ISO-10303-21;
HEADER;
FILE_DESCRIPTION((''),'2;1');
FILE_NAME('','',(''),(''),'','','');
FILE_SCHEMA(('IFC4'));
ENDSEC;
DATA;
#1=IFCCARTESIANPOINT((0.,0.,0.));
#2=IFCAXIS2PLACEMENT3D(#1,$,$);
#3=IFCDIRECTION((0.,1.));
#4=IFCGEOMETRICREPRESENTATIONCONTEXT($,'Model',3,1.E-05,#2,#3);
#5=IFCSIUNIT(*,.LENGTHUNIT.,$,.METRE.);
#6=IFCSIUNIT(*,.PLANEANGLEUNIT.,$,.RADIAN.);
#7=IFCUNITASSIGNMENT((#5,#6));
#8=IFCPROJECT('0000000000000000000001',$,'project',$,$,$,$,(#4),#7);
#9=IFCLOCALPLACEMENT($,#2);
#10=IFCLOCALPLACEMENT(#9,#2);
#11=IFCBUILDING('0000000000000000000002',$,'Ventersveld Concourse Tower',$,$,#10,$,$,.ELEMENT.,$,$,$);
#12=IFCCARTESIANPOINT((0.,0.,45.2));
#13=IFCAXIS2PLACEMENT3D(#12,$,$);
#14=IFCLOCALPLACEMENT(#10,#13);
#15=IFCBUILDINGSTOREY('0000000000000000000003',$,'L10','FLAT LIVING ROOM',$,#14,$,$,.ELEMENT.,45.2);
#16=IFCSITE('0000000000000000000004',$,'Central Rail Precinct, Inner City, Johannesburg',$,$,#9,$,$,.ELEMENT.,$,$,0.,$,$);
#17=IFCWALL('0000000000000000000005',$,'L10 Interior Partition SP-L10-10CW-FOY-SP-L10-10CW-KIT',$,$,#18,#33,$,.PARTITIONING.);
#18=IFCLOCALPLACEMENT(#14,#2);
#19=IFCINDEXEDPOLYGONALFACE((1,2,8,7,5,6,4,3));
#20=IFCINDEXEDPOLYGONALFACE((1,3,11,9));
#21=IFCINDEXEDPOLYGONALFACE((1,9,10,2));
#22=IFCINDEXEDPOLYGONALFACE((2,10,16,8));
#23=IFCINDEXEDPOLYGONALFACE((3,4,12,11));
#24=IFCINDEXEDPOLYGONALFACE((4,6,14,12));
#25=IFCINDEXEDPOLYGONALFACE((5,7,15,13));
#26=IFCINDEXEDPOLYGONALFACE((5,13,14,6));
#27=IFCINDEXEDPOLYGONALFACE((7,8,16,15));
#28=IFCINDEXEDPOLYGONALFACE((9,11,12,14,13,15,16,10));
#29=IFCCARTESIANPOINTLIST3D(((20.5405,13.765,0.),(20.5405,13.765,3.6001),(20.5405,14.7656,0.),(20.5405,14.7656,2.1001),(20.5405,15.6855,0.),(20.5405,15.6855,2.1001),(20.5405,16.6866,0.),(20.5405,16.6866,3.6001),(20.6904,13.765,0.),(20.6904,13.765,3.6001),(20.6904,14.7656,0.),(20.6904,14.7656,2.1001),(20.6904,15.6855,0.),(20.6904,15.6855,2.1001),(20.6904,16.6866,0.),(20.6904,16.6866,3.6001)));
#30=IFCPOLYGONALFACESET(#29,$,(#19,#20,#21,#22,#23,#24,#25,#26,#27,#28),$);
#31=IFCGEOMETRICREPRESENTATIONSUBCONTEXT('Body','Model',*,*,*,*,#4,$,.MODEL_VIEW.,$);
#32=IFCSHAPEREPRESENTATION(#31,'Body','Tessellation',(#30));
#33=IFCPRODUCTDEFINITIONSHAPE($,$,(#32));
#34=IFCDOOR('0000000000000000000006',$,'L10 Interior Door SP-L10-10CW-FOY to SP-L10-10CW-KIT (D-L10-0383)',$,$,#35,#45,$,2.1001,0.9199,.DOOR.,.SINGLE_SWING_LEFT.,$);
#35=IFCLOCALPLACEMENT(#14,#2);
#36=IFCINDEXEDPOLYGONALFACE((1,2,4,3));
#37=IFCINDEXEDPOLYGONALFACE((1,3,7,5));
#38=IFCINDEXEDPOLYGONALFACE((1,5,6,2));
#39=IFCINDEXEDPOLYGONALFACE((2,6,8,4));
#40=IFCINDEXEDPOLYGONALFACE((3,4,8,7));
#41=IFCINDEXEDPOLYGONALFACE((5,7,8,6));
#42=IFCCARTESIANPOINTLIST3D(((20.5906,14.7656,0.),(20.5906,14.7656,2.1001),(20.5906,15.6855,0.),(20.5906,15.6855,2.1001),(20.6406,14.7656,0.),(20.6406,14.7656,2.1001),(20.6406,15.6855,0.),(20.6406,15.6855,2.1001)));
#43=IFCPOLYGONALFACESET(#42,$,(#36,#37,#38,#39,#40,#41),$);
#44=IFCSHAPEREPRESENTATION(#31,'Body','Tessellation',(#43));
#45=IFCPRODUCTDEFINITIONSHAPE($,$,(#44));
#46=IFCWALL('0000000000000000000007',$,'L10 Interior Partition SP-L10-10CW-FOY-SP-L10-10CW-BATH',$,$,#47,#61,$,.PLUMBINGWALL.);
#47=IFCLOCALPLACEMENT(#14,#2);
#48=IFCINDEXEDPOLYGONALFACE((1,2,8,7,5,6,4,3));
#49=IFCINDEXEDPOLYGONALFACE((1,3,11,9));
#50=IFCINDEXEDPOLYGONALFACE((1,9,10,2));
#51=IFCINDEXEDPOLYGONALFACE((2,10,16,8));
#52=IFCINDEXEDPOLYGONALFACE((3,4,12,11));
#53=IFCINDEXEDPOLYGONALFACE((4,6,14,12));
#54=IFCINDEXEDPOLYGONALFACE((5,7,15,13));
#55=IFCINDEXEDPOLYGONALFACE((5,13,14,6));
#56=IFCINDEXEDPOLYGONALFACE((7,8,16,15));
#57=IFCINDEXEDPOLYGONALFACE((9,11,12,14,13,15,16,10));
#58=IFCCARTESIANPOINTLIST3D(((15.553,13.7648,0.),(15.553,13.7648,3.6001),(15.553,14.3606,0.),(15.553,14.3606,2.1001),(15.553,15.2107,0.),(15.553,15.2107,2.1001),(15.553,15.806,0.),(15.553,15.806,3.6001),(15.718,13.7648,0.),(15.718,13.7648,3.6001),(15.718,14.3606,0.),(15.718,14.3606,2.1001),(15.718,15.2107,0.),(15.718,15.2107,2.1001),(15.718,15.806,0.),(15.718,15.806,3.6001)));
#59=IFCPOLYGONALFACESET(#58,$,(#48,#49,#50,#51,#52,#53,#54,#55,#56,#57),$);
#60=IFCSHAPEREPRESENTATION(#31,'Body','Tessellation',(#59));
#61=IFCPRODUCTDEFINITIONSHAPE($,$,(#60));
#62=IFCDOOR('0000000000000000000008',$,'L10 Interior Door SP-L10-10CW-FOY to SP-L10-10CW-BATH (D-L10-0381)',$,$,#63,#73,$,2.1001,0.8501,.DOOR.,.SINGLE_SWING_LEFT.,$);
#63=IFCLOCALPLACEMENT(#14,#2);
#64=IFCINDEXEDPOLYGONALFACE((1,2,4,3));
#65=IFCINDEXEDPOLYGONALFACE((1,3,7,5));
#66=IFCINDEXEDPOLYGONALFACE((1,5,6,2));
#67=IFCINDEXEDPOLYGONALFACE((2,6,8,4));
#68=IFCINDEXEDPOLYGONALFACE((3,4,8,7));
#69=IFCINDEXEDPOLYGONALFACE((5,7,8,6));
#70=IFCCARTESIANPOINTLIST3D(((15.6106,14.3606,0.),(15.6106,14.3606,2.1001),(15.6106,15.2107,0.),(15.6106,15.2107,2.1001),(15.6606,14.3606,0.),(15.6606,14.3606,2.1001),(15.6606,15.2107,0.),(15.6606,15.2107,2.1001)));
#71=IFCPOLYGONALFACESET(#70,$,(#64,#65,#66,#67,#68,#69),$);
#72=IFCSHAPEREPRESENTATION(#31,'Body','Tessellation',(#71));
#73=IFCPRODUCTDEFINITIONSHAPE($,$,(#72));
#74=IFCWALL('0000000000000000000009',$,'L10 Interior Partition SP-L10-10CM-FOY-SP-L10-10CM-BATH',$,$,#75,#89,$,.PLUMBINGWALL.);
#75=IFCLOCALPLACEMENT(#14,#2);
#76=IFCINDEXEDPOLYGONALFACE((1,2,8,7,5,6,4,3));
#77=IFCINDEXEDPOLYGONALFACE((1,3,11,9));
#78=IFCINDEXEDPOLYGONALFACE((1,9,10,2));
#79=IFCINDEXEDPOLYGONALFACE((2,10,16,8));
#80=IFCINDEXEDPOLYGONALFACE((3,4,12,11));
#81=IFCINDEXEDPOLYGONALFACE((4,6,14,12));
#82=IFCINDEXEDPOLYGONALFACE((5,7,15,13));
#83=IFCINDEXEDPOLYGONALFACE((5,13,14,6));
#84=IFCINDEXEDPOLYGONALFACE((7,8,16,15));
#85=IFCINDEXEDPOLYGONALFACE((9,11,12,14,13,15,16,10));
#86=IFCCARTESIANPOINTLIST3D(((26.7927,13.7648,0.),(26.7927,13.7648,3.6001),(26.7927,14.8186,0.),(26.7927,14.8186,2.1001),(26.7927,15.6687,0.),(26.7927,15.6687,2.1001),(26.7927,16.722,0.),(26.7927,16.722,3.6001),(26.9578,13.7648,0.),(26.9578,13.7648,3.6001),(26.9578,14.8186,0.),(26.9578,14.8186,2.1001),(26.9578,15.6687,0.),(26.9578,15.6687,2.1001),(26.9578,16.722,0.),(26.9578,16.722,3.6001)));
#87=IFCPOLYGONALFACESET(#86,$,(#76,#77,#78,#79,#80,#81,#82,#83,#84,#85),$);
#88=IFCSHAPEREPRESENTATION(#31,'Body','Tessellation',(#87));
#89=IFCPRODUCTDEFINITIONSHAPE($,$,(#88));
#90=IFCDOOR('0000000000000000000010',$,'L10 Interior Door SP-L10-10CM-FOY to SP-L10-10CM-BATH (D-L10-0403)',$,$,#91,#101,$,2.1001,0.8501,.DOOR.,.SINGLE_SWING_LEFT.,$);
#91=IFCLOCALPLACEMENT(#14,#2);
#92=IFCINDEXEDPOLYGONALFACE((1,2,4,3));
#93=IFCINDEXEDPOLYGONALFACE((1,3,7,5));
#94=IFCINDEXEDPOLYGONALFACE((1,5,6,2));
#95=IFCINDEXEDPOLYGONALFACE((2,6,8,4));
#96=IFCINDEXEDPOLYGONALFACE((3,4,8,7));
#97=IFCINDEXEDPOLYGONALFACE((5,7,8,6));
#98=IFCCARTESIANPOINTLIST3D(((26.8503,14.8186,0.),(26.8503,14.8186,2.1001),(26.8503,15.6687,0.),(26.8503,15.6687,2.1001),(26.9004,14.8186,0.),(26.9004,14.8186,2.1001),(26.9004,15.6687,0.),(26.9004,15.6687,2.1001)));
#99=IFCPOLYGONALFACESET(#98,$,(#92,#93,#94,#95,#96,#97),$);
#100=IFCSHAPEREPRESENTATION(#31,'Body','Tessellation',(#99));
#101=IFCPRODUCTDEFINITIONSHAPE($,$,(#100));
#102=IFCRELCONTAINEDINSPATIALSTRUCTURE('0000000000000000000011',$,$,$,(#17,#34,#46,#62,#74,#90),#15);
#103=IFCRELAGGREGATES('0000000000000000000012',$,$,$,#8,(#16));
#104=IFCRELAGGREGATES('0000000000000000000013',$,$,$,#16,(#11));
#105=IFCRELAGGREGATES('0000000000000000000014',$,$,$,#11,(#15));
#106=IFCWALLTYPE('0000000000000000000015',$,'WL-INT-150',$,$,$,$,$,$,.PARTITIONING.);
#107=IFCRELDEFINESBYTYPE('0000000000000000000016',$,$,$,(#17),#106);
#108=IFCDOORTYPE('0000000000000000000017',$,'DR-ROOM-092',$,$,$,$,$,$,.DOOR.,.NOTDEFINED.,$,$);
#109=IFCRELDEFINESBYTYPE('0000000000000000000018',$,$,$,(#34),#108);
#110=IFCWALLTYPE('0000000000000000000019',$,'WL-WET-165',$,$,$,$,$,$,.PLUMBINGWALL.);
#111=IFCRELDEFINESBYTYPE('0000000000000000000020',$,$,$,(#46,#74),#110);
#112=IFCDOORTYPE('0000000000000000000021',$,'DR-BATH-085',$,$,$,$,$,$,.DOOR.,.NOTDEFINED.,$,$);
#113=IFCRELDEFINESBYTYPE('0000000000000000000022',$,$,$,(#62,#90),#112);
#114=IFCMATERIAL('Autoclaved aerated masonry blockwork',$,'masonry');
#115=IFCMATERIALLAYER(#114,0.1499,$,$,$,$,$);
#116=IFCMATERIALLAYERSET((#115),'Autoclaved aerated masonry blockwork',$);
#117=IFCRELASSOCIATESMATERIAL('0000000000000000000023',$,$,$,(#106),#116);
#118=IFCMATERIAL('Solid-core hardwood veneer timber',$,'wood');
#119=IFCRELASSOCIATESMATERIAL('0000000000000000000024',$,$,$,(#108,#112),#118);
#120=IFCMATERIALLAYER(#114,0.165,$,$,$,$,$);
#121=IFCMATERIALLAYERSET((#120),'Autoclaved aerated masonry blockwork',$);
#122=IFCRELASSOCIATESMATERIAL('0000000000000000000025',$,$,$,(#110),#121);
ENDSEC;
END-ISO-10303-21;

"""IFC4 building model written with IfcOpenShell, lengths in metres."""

from ifc_helpers import new_model, si_unit, direction, frame, frame_2d, origin, place, context, subcontext, project, spatial, rectangle, extrude, material, layer, layer_set, type_object, element, fill, save


model = new_model("IFC4")

# Units and contexts
model_context = context("Model", 3, precision=1e-05, world=origin(), true_north=direction((0.0, 1.0)))
body_context = subcontext(model_context, "Body", "Model", "MODEL_VIEW")
ifc_project = project(units=[si_unit("LENGTHUNIT", "METRE"), si_unit("PLANEANGLEUNIT", "RADIAN")], contexts=[model_context])

# Site, building, storey
site_placement = place(None, origin())
site = spatial("IfcSite", under=ifc_project, at=site_placement, Name="Central Rail Precinct, Inner City, Johannesburg", CompositionType="ELEMENT", RefElevation=0.0)
building_placement = place(site_placement, origin())
building = spatial("IfcBuilding", under=site, at=building_placement, Name="Ventersveld Concourse Tower", CompositionType="ELEMENT")
storey_placement = place(building_placement, frame((0.0, 0.0, 45.2)))
storey = spatial("IfcBuildingStorey", under=building, at=storey_placement, Name="L10", Description="FLAT LIVING ROOM", CompositionType="ELEMENT", Elevation=45.2)

# Shared definitions
ifc_material_1 = material(Name="Solid-core hardwood veneer timber", Category="wood")

# Walls, openings, doors
ifc_material_2 = material(Name="Autoclaved aerated masonry blockwork", Category="masonry")
ifc_layer_1 = layer(ifc_material_2, 0.1499)
ifc_layer_set_1 = layer_set([ifc_layer_1], Name="Autoclaved aerated masonry blockwork")
wall_type_1 = type_object("IfcWallType", Name="WL-INT-150", PredefinedType="PARTITIONING", material=ifc_layer_set_1)
wall_1_placement = place(storey_placement, frame((20.6155, 13.7649, 0.0), z_axis=(0.0, 0.0, 1.0), x_axis=(0.0, 1.0, 0.0)))
wall_1 = element("IfcWall", 1, at=wall_1_placement, inside=storey, type_object=wall_type_1, Name="L10 Interior Partition SP-L10-10CW-FOY-SP-L10-10CW-KIT", PredefinedType="PARTITIONING", context=body_context, shape_type="SweptSolid", body=[
    extrude(rectangle(XDim=2.9216, YDim=0.1499, at=frame_2d((1.4609, 0.0))), origin(), (0.0, 0.0, 1.0), 3.6001),
])
opening_1_placement = place(wall_1_placement, frame((1.0007, 0.0, 0.0)))
opening_1 = element("IfcOpeningElement", 2, at=opening_1_placement, cuts=wall_1, PredefinedType="OPENING", context=body_context, shape_type="SweptSolid", body=[
    extrude(rectangle(XDim=0.9199, YDim=2.1001, at=frame_2d((0.46, 1.05))), frame((0.0, 0.085, 0.0), z_axis=(0.0, -1.0, 0.0), x_axis=(1.0, 0.0, 0.0)), (0.0, 0.0, 1.0), 0.1699),
])
door_type_1 = type_object("IfcDoorType", Name="DR-ROOM-092", OperationType="NOTDEFINED", PredefinedType="DOOR", material=ifc_material_1)
door_1_placement = place(opening_1_placement, origin())
door_1 = element("IfcDoor", 3, at=door_1_placement, inside=storey, type_object=door_type_1, Name="L10 Interior Door SP-L10-10CW-FOY to SP-L10-10CW-KIT (D-L10-0383)", OperationType="SINGLE_SWING_LEFT", OverallHeight=2.1001, OverallWidth=0.9199, PredefinedType="DOOR", context=body_context, shape_type="SweptSolid", body=[
    extrude(rectangle(XDim=0.9199, YDim=2.1001, at=frame_2d((0.46, 1.05))), frame((0.0, 0.0249, 0.0), z_axis=(0.0, -1.0, 0.0), x_axis=(1.0, 0.0, 0.0)), (0.0, 0.0, 1.0), 0.05),
])
fill(opening_1, door_1)
ifc_layer_2 = layer(ifc_material_2, 0.165)
ifc_layer_set_2 = layer_set([ifc_layer_2], Name="Autoclaved aerated masonry blockwork")
wall_type_2 = type_object("IfcWallType", Name="WL-WET-165", PredefinedType="PLUMBINGWALL", material=ifc_layer_set_2)
wall_2_placement = place(storey_placement, frame((15.6355, 13.7649, 0.0), z_axis=(0.0, 0.0, 1.0), x_axis=(0.0, 1.0, 0.0)))
wall_2 = element("IfcWall", 4, at=wall_2_placement, inside=storey, type_object=wall_type_2, Name="L10 Interior Partition SP-L10-10CW-FOY-SP-L10-10CW-BATH", PredefinedType="PLUMBINGWALL", context=body_context, shape_type="SweptSolid", body=[
    extrude(rectangle(XDim=2.0413, YDim=0.165, at=frame_2d((1.0205, 0.0))), origin(), (0.0, 0.0, 1.0), 3.6001),
])
opening_2_placement = place(wall_2_placement, frame((0.5957, 0.0, 0.0)))
opening_2 = element("IfcOpeningElement", 5, at=opening_2_placement, cuts=wall_2, PredefinedType="OPENING", context=body_context, shape_type="SweptSolid", body=[
    extrude(rectangle(XDim=0.8501, YDim=2.1001, at=frame_2d((0.425, 1.05))), frame((0.0, 0.0925, 0.0), z_axis=(0.0, -1.0, 0.0), x_axis=(1.0, 0.0, 0.0)), (0.0, 0.0, 1.0), 0.1851),
])
door_type_2 = type_object("IfcDoorType", Name="DR-BATH-085", OperationType="NOTDEFINED", PredefinedType="DOOR", material=ifc_material_1)
door_2_placement = place(opening_2_placement, origin())
door_2 = element("IfcDoor", 6, at=door_2_placement, inside=storey, type_object=door_type_2, Name="L10 Interior Door SP-L10-10CW-FOY to SP-L10-10CW-BATH (D-L10-0381)", OperationType="SINGLE_SWING_LEFT", OverallHeight=2.1001, OverallWidth=0.8501, PredefinedType="DOOR", context=body_context, shape_type="SweptSolid", body=[
    extrude(rectangle(XDim=0.8501, YDim=2.1001, at=frame_2d((0.425, 1.05))), frame((0.0, 0.0249, 0.0), z_axis=(0.0, -1.0, 0.0), x_axis=(1.0, 0.0, 0.0)), (0.0, 0.0, 1.0), 0.05),
])
fill(opening_2, door_2)
wall_3_placement = place(storey_placement, frame((26.8752, 13.7649, 0.0), z_axis=(0.0, 0.0, 1.0), x_axis=(0.0, 1.0, 0.0)))
wall_3 = element("IfcWall", 7, at=wall_3_placement, inside=storey, type_object=wall_type_2, Name="L10 Interior Partition SP-L10-10CM-FOY-SP-L10-10CM-BATH", PredefinedType="PLUMBINGWALL", context=body_context, shape_type="SweptSolid", body=[
    extrude(rectangle(XDim=2.9573, YDim=0.165, at=frame_2d((1.4785, 0.0))), origin(), (0.0, 0.0, 1.0), 3.6001),
])
opening_3_placement = place(wall_3_placement, frame((1.0537, 0.0, 0.0)))
opening_3 = element("IfcOpeningElement", 8, at=opening_3_placement, cuts=wall_3, PredefinedType="OPENING", context=body_context, shape_type="SweptSolid", body=[
    extrude(rectangle(XDim=0.8501, YDim=2.1001, at=frame_2d((0.425, 1.05))), frame((0.0, 0.0925, 0.0), z_axis=(0.0, -1.0, 0.0), x_axis=(1.0, 0.0, 0.0)), (0.0, 0.0, 1.0), 0.1851),
])
door_3_placement = place(opening_3_placement, origin())
door_3 = element("IfcDoor", 9, at=door_3_placement, inside=storey, type_object=door_type_2, Name="L10 Interior Door SP-L10-10CM-FOY to SP-L10-10CM-BATH (D-L10-0403)", OperationType="SINGLE_SWING_LEFT", OverallHeight=2.1001, OverallWidth=0.8501, PredefinedType="DOOR", context=body_context, shape_type="SweptSolid", body=[
    extrude(rectangle(XDim=0.8501, YDim=2.1001, at=frame_2d((0.425, 1.05))), frame((0.0, 0.0249, 0.0), z_axis=(0.0, -1.0, 0.0), x_axis=(1.0, 0.0, 0.0)), (0.0, 0.0, 1.0), 0.05),
])
fill(opening_3, door_3)

save(model, "model.ifc")
